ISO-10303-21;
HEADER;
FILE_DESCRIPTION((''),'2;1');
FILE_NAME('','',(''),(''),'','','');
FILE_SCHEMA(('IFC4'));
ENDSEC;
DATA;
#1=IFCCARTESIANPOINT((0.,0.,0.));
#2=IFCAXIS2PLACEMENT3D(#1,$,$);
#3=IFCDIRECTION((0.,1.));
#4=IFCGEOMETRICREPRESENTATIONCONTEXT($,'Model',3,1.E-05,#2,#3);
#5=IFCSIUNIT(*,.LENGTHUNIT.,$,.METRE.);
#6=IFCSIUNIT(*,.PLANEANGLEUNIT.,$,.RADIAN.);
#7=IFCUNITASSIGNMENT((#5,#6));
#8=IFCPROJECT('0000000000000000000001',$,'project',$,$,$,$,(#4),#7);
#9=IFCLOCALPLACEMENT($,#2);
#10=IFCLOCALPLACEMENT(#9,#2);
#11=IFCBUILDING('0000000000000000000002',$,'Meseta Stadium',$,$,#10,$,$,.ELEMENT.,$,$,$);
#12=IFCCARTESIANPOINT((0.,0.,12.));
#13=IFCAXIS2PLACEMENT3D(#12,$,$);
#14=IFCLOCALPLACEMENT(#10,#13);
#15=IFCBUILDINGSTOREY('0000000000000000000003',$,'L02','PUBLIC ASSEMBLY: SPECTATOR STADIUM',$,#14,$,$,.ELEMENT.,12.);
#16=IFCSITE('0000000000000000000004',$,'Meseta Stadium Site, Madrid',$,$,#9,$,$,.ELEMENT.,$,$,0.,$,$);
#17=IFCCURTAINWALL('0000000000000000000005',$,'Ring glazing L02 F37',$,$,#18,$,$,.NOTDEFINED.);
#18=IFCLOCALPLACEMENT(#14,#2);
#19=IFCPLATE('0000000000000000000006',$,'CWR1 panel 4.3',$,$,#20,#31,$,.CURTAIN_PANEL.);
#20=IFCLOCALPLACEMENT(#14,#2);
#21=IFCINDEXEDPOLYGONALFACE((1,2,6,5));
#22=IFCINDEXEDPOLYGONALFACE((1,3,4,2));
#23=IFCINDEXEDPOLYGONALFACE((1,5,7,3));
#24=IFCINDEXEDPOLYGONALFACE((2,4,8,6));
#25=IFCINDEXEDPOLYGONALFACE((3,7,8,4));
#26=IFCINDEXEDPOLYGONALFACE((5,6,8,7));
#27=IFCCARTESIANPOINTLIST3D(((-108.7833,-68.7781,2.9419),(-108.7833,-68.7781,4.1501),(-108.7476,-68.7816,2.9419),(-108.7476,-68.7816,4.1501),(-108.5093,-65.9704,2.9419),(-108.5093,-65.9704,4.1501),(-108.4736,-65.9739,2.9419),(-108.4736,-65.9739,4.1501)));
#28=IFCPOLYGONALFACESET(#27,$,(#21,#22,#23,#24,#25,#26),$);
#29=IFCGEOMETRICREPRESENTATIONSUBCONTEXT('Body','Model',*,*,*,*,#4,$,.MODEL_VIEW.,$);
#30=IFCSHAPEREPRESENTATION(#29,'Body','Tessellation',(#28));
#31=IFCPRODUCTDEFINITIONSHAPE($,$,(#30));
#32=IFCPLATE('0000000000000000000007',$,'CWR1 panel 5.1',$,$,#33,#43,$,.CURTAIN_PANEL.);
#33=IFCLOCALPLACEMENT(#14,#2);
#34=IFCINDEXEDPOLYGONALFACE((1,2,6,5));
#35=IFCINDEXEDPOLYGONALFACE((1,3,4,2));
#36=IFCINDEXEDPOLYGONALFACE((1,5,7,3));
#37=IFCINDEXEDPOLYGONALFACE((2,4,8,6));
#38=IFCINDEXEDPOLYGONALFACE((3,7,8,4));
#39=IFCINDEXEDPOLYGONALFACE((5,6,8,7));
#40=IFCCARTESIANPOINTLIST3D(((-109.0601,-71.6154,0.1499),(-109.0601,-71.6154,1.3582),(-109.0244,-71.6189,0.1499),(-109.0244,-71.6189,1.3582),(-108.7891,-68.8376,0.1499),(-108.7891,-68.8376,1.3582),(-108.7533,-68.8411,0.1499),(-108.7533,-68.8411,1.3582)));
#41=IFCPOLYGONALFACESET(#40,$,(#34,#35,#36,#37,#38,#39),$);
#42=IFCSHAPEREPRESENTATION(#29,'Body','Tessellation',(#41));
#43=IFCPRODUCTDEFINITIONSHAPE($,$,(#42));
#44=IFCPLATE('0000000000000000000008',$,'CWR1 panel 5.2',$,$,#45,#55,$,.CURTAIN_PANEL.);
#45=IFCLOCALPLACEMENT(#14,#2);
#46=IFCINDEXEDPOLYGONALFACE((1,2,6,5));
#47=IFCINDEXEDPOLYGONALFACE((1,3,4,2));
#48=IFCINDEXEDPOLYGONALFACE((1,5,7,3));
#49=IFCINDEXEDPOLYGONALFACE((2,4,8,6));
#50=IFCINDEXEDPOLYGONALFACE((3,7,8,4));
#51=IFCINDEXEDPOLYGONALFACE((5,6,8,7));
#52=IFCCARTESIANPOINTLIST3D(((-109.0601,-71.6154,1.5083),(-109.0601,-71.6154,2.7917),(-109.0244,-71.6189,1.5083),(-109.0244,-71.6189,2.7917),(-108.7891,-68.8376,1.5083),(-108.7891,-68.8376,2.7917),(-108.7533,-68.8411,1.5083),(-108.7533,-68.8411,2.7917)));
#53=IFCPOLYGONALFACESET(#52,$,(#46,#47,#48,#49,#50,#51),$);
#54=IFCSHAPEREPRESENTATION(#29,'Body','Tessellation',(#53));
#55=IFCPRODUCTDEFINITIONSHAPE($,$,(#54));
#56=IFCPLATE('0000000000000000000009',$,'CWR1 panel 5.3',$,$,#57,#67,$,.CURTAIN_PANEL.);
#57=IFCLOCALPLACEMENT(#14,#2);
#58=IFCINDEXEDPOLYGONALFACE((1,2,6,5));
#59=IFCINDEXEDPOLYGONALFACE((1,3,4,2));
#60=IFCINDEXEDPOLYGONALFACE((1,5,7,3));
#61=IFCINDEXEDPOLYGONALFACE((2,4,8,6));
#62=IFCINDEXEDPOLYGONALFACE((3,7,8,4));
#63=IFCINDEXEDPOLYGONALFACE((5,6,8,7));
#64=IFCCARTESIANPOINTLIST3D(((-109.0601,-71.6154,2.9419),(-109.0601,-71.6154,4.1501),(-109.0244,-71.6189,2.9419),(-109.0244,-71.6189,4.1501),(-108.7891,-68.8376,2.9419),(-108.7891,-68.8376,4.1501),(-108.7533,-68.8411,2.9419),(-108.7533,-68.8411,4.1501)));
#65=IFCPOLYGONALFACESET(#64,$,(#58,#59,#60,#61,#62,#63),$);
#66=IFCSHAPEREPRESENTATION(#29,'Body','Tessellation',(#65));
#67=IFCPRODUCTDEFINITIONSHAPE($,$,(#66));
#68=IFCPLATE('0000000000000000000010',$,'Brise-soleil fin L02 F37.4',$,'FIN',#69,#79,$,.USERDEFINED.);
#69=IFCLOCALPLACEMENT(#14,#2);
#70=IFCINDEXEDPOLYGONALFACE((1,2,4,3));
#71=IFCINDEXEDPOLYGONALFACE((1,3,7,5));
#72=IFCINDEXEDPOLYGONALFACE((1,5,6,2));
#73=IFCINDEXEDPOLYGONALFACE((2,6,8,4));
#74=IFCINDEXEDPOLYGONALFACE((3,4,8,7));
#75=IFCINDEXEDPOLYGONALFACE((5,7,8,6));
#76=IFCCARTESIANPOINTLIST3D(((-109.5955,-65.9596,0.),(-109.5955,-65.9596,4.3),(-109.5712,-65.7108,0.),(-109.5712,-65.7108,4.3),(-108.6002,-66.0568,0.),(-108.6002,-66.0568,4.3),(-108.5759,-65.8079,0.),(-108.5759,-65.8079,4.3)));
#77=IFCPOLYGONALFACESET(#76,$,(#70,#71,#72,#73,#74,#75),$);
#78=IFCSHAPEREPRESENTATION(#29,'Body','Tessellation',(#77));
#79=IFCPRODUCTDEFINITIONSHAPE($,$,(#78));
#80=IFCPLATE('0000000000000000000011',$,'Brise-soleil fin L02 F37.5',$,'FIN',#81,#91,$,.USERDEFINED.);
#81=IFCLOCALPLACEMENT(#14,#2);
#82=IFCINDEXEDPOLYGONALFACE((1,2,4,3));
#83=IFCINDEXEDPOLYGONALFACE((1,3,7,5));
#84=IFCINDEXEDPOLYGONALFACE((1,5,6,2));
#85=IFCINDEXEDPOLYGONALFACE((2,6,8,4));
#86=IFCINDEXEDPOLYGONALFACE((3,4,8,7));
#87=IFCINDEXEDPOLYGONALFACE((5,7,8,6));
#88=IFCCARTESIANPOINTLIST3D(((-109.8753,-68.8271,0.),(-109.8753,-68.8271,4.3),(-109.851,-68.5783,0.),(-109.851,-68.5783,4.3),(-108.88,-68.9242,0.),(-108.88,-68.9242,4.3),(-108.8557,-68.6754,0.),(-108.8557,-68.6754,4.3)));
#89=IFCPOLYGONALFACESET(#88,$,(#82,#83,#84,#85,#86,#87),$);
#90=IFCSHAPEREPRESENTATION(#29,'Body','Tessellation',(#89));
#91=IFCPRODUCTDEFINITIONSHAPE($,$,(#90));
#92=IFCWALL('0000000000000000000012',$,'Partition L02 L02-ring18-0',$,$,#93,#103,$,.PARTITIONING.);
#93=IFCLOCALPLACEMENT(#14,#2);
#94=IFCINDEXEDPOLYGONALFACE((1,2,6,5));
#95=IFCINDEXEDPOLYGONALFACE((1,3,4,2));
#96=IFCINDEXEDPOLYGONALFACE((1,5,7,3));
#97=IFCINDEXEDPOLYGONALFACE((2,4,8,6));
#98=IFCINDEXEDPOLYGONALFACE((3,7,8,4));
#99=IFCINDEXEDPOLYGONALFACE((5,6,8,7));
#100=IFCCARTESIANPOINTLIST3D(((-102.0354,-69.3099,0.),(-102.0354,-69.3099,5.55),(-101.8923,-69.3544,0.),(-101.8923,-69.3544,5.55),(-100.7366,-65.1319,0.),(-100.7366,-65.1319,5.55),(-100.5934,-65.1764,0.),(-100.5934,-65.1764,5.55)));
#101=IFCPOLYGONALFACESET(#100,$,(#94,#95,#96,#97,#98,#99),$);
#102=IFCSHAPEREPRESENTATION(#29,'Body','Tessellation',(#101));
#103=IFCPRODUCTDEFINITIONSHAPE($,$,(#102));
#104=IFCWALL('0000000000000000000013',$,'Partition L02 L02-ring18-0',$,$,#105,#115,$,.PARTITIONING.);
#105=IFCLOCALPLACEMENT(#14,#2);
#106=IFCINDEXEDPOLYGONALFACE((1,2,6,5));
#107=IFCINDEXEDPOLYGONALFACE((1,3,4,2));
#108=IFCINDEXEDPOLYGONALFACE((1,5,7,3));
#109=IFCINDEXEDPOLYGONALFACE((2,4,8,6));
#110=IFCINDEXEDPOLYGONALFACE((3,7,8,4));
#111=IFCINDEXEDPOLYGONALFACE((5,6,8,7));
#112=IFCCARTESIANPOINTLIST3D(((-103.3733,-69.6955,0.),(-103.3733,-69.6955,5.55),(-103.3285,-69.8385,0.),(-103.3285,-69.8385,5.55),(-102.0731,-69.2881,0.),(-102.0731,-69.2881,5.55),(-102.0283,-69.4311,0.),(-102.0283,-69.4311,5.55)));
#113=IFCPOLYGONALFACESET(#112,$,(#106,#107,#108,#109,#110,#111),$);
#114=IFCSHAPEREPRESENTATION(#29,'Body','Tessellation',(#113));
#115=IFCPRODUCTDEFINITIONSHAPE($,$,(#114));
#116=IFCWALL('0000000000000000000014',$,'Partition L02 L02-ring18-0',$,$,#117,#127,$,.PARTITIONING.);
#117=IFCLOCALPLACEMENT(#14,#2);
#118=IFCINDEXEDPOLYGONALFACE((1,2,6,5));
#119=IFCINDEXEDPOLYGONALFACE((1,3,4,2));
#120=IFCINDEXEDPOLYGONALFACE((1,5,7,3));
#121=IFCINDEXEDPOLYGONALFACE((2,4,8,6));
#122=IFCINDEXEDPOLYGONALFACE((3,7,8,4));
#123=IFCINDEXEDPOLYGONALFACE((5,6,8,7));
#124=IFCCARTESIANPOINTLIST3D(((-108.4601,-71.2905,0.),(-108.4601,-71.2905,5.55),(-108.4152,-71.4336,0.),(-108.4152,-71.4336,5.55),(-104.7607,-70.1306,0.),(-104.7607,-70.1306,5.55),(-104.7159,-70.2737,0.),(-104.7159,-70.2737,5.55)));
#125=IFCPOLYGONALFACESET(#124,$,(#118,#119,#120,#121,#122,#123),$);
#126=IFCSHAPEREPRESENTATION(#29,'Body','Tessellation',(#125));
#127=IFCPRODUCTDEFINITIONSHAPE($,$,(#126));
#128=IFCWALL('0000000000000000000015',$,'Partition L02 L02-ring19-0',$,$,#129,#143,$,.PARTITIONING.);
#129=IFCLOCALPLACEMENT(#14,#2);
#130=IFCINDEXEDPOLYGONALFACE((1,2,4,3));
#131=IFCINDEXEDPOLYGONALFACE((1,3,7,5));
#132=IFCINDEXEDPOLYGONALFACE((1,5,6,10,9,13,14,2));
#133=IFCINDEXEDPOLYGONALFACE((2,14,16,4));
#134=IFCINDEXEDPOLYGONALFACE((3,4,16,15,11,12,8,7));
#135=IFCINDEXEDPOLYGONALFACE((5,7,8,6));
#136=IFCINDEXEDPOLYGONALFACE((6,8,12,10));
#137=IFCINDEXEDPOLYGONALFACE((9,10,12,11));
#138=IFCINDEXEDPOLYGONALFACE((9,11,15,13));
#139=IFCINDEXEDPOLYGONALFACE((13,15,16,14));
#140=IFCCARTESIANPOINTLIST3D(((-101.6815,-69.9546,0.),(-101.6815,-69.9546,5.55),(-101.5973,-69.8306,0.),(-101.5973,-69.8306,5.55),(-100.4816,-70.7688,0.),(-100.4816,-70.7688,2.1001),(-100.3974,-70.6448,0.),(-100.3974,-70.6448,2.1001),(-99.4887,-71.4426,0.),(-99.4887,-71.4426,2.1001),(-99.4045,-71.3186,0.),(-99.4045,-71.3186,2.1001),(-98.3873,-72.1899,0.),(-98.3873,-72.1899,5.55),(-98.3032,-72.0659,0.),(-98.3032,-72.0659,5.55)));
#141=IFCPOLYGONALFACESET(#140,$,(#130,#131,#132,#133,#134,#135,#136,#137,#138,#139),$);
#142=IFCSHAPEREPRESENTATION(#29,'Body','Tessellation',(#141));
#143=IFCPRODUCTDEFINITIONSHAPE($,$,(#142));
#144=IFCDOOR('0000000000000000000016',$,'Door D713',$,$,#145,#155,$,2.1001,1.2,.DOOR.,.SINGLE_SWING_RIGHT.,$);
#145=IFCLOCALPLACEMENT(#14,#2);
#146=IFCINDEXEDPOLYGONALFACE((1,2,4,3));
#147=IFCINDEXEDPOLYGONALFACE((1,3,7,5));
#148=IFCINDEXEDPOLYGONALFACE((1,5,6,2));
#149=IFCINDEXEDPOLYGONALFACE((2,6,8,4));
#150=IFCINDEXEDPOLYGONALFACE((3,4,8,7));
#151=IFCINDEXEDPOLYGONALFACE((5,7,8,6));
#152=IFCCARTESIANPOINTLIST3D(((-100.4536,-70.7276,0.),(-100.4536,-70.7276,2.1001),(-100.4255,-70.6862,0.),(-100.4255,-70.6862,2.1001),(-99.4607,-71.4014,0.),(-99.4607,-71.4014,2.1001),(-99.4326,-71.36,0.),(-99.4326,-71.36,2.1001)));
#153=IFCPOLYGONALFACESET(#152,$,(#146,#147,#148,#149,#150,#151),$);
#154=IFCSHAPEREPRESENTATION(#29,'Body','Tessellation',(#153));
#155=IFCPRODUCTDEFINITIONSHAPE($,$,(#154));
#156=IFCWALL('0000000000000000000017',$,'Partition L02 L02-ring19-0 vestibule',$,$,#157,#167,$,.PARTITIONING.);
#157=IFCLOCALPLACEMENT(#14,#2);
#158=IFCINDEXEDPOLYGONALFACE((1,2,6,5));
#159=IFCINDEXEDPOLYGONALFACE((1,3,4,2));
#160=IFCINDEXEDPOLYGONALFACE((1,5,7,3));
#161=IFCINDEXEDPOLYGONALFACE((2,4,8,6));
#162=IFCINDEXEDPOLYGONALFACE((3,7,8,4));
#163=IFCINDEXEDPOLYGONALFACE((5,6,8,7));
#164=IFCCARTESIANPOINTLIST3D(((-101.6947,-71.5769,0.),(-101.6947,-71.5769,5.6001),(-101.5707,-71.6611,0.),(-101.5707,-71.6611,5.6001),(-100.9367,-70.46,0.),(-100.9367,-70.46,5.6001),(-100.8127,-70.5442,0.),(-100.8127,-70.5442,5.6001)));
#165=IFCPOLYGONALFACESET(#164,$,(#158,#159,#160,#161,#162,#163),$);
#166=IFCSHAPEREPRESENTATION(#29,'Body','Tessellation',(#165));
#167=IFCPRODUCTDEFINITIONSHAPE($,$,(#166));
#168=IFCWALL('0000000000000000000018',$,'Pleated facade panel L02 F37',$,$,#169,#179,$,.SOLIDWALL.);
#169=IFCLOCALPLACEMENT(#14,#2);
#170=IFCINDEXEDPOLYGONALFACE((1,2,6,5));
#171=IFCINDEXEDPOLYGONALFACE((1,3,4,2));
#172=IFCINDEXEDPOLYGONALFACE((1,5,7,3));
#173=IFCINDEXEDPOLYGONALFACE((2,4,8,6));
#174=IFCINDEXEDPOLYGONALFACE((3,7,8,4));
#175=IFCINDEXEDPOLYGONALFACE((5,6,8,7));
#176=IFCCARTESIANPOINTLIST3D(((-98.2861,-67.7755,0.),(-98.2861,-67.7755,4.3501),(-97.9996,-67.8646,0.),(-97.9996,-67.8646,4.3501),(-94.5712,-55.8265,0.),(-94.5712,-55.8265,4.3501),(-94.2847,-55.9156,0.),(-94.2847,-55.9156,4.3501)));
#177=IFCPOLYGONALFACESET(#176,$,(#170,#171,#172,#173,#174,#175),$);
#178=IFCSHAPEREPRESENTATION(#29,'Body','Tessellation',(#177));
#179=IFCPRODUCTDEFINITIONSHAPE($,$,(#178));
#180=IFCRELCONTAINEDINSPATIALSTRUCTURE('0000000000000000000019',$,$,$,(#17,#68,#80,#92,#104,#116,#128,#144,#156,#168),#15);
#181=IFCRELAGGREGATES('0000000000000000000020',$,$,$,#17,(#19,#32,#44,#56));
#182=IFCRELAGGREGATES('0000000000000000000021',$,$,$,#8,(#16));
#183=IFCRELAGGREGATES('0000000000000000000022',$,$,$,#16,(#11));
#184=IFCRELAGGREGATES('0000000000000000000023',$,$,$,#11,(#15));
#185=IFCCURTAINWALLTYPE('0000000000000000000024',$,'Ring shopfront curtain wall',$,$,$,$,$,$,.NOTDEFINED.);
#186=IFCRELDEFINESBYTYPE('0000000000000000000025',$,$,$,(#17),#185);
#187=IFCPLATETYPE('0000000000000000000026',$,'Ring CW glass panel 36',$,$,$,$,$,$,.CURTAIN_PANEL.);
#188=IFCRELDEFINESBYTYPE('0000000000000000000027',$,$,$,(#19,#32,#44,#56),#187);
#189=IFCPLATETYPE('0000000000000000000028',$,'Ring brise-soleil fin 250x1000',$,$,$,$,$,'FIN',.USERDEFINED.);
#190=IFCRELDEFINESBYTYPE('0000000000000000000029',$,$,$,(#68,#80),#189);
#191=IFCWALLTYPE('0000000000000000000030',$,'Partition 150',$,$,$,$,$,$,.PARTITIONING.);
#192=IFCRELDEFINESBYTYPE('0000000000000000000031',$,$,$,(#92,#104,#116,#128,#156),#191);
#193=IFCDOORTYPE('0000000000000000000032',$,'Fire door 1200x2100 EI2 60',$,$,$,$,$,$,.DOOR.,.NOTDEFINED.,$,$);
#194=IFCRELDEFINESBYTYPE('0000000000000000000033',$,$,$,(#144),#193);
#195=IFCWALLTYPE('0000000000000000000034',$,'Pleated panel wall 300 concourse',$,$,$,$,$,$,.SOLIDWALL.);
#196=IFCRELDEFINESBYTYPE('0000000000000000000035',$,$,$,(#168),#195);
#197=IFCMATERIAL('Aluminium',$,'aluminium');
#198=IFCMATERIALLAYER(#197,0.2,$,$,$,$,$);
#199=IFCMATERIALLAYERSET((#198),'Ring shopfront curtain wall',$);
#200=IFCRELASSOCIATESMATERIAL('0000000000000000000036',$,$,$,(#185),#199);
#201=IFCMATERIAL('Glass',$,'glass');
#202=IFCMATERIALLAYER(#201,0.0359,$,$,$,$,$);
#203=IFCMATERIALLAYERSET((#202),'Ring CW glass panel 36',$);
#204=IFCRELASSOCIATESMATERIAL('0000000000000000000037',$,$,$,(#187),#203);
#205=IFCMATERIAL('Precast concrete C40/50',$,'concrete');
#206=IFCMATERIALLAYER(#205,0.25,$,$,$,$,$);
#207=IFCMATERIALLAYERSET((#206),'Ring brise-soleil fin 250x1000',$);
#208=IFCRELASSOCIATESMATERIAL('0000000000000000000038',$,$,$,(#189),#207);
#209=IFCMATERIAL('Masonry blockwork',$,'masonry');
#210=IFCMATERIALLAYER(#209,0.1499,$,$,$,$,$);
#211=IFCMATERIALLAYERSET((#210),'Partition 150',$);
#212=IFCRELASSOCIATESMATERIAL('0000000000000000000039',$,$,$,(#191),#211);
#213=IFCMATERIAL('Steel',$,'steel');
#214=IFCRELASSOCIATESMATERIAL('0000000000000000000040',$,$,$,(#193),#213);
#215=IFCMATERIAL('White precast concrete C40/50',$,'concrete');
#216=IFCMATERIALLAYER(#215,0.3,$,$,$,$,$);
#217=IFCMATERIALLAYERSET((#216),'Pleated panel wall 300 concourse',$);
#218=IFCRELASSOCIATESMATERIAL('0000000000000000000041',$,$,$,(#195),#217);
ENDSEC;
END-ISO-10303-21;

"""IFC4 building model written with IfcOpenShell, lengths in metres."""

from ifc_helpers import new_model, si_unit, direction, frame, frame_2d, origin, origin_2d, place, context, subcontext, project, spatial, rectangle, extrude, material, layer, layer_set, type_object, element, fill, aggregate, save


model = new_model("IFC4")

# Units and contexts
model_context = context("Model", 3, precision=1e-05, world=origin(), true_north=direction((0.0, 1.0)))
body_context = subcontext(model_context, "Body", "Model", "MODEL_VIEW")
ifc_project = project(units=[si_unit("LENGTHUNIT", "METRE"), si_unit("PLANEANGLEUNIT", "RADIAN")], contexts=[model_context])

# Site, building, storey
site_placement = place(None, origin())
site = spatial("IfcSite", under=ifc_project, at=site_placement, Name="Meseta Stadium Site, Madrid", CompositionType="ELEMENT", RefElevation=0.0)
building_placement = place(site_placement, origin())
building = spatial("IfcBuilding", under=site, at=building_placement, Name="Meseta Stadium", CompositionType="ELEMENT")
storey_placement = place(building_placement, frame((0.0, 0.0, 12.0)))
storey = spatial("IfcBuildingStorey", under=building, at=storey_placement, Name="L02", Description="PUBLIC ASSEMBLY: SPECTATOR STADIUM", CompositionType="ELEMENT", Elevation=12.0)

# Curtain wall, plates
ifc_material_1 = material(Name="Aluminium", Category="aluminium")
ifc_layer_1 = layer(ifc_material_1, 0.2)
ifc_layer_set_1 = layer_set([ifc_layer_1], Name="Ring shopfront curtain wall")
curtain_wall_type = type_object("IfcCurtainWallType", Name="Ring shopfront curtain wall", PredefinedType="NOTDEFINED", material=ifc_layer_set_1)
curtain_wall_placement = place(storey_placement, origin())
curtain_wall = element("IfcCurtainWall", 1, at=curtain_wall_placement, inside=storey, type_object=curtain_wall_type, Name="Ring glazing L02 F37", PredefinedType="NOTDEFINED")
ifc_material_2 = material(Name="Glass", Category="glass")
ifc_layer_2 = layer(ifc_material_2, 0.0359)
ifc_layer_set_2 = layer_set([ifc_layer_2], Name="Ring CW glass panel 36")
plate_type_1 = type_object("IfcPlateType", Name="Ring CW glass panel 36", PredefinedType="CURTAIN_PANEL", material=ifc_layer_set_2)
plate_1_placement = place(storey_placement, frame((-108.6284, -67.376, 2.9419), z_axis=(0.0, 0.0, 1.0), x_axis=(-0.097125, -0.995272, 0.0)))
plate_1 = element("IfcPlate", 2, at=plate_1_placement, type_object=plate_type_1, Name="CWR1 panel 4.3", PredefinedType="CURTAIN_PANEL", context=body_context, shape_type="SweptSolid", body=[
    extrude(rectangle(XDim=2.821, YDim=0.0359, at=origin_2d()), origin(), (0.0, 0.0, 1.0), 1.2083),
])
plate_2_placement = place(storey_placement, frame((-108.9067, -70.2283, 0.1499), z_axis=(0.0, 0.0, 1.0), x_axis=(-0.097125, -0.995272, 0.0)))
plate_2 = element("IfcPlate", 3, at=plate_2_placement, type_object=plate_type_1, Name="CWR1 panel 5.1", PredefinedType="CURTAIN_PANEL", context=body_context, shape_type="SweptSolid", body=[
    extrude(rectangle(XDim=2.791, YDim=0.0359, at=origin_2d()), origin(), (0.0, 0.0, 1.0), 1.2083),
])
plate_3_placement = place(storey_placement, frame((-108.9067, -70.2283, 1.5083), z_axis=(0.0, 0.0, 1.0), x_axis=(-0.097125, -0.995272, 0.0)))
plate_3 = element("IfcPlate", 4, at=plate_3_placement, type_object=plate_type_1, Name="CWR1 panel 5.2", PredefinedType="CURTAIN_PANEL", context=body_context, shape_type="SweptSolid", body=[
    extrude(rectangle(XDim=2.791, YDim=0.0359, at=origin_2d()), origin(), (0.0, 0.0, 1.0), 1.2834),
])
plate_4_placement = place(storey_placement, frame((-108.9067, -70.2283, 2.9419), z_axis=(0.0, 0.0, 1.0), x_axis=(-0.097125, -0.995272, 0.0)))
plate_4 = element("IfcPlate", 5, at=plate_4_placement, type_object=plate_type_1, Name="CWR1 panel 5.3", PredefinedType="CURTAIN_PANEL", context=body_context, shape_type="SweptSolid", body=[
    extrude(rectangle(XDim=2.791, YDim=0.0359, at=origin_2d()), origin(), (0.0, 0.0, 1.0), 1.2083),
])
aggregate(curtain_wall, [plate_1, plate_2, plate_3, plate_4])

# Plates
ifc_material_3 = material(Name="Precast concrete C40/50", Category="concrete")
ifc_layer_3 = layer(ifc_material_3, 0.25)
ifc_layer_set_3 = layer_set([ifc_layer_3], Name="Ring brise-soleil fin 250x1000")
plate_type_2 = type_object("IfcPlateType", Name="Ring brise-soleil fin 250x1000", ElementType="FIN", PredefinedType="USERDEFINED", material=ifc_layer_set_3)
for number, where, z_axis, x_axis, name in (
    (6, (-109.0857, -65.8838, 0.0), (0.0, 0.0, 1.0), (-0.097123, -0.995272, 0.0), "Brise-soleil fin L02 F37.4"),
    (7, (-109.3655, -68.7512, 0.0), (0.0, 0.0, 1.0), (-0.097123, -0.995272, 0.0), "Brise-soleil fin L02 F37.5"),
):
    element("IfcPlate", number, at=place(storey_placement, frame(where, z_axis=z_axis, x_axis=x_axis)), inside=storey, type_object=plate_type_2, Name=name, ObjectType="FIN", PredefinedType="USERDEFINED", context=body_context, shape_type="SweptSolid", body=[
        extrude(rectangle(XDim=0.25, YDim=1.0, at=origin_2d()), origin(), (0.0, 0.0, 1.0), 4.3),
    ])

# Walls
ifc_material_4 = material(Name="Masonry blockwork", Category="masonry")
ifc_layer_4 = layer(ifc_material_4, 0.1499)
ifc_layer_set_4 = layer_set([ifc_layer_4], Name="Partition 150")
wall_type_1 = type_object("IfcWallType", Name="Partition 150", PredefinedType="PARTITIONING", material=ifc_layer_set_4)
wall_1_placement = place(storey_placement, frame((-100.665, -65.1543, 0.0), z_axis=(0.0, 0.0, 1.0), x_axis=(-0.296861, -0.954921, 0.0)))
element("IfcWall", 8, at=wall_1_placement, inside=storey, type_object=wall_type_1, Name="Partition L02 L02-ring18-0", PredefinedType="PARTITIONING", context=body_context, shape_type="SweptSolid", body=[
    extrude(rectangle(XDim=4.3752, YDim=0.1499, at=frame_2d((2.1875, 0.0))), origin(), (0.0, 0.0, 1.0), 5.55),
])
wall_2_placement = place(storey_placement, frame((-102.0508, -69.3596, 0.0), z_axis=(0.0, 0.0, 1.0), x_axis=(-0.954244, -0.29903, 0.0)))
element("IfcWall", 9, at=wall_2_placement, inside=storey, type_object=wall_type_1, Name="Partition L02 L02-ring18-0", PredefinedType="PARTITIONING", context=body_context, shape_type="SweptSolid", body=[
    extrude(rectangle(XDim=1.3625, YDim=0.1499, at=frame_2d((0.6812, 0.0))), origin(), (0.0, 0.0, 1.0), 5.55),
])
wall_3_placement = place(storey_placement, frame((-104.7383, -70.2021, 0.0), z_axis=(0.0, 0.0, 1.0), x_axis=(-0.954198, -0.299175, 0.0)))
element("IfcWall", 10, at=wall_3_placement, inside=storey, type_object=wall_type_1, Name="Partition L02 L02-ring18-0", PredefinedType="PARTITIONING", context=body_context, shape_type="SweptSolid", body=[
    extrude(rectangle(XDim=3.877, YDim=0.1499, at=frame_2d((1.9385, 0.0))), origin(), (0.0, 0.0, 1.0), 5.55),
])

# Wall, opening, door
wall_4_placement = place(storey_placement, frame((-101.6394, -69.8926, 0.0), z_axis=(0.0, 0.0, 1.0), x_axis=(0.827475, -0.561503, 0.0)))
wall_4 = element("IfcWall", 11, at=wall_4_placement, inside=storey, type_object=wall_type_1, Name="Partition L02 L02-ring19-0", PredefinedType="PARTITIONING", context=body_context, shape_type="SweptSolid", body=[
    extrude(rectangle(XDim=3.981, YDim=0.1499, at=frame_2d((1.9905, 0.0))), origin(), (0.0, 0.0, 1.0), 5.55),
])
opening_placement = place(wall_4_placement, frame((1.45, 0.0, 0.0)))
opening = element("IfcOpeningElement", 12, at=opening_placement, cuts=wall_4, PredefinedType="OPENING", context=body_context, shape_type="SweptSolid", body=[
    extrude(rectangle(XDim=1.2, YDim=2.1001, at=frame_2d((0.6001, 1.05))), frame((0.0, 0.085, 0.0), z_axis=(0.0, -1.0, 0.0), x_axis=(1.0, 0.0, 0.0)), (0.0, 0.0, 1.0), 0.1699),
])
ifc_material_5 = material(Name="Steel", Category="steel")
door_type = type_object("IfcDoorType", Name="Fire door 1200x2100 EI2 60", OperationType="NOTDEFINED", PredefinedType="DOOR", material=ifc_material_5)
door_placement = place(opening_placement, origin())
door = element("IfcDoor", 13, at=door_placement, inside=storey, type_object=door_type, Name="Door D713", OperationType="SINGLE_SWING_RIGHT", OverallHeight=2.1001, OverallWidth=1.2, PredefinedType="DOOR", context=body_context, shape_type="SweptSolid", body=[
    extrude(rectangle(XDim=1.2, YDim=2.1001, at=frame_2d((0.6001, 1.05))), frame((0.0, 0.0249, 0.0), z_axis=(0.0, -1.0, 0.0), x_axis=(1.0, 0.0, 0.0)), (0.0, 0.0, 1.0), 0.05),
])
fill(opening, door)

# Walls
wall_5_placement = place(storey_placement, frame((-100.8748, -70.5022, 0.0), z_axis=(0.0, 0.0, 1.0), x_axis=(-0.561568, -0.827431, 0.0)))
element("IfcWall", 14, at=wall_5_placement, inside=storey, type_object=wall_type_1, Name="Partition L02 L02-ring19-0 vestibule", PredefinedType="PARTITIONING", context=body_context, shape_type="SweptSolid", body=[
    extrude(rectangle(XDim=1.3499, YDim=0.1499, at=frame_2d((0.6748, 0.0))), origin(), (0.0, 0.0, 1.0), 5.6001),
])
ifc_material_6 = material(Name="White precast concrete C40/50", Category="concrete")
ifc_layer_5 = layer(ifc_material_6, 0.3)
ifc_layer_set_5 = layer_set([ifc_layer_5], Name="Pleated panel wall 300 concourse")
wall_type_2 = type_object("IfcWallType", Name="Pleated panel wall 300 concourse", PredefinedType="SOLIDWALL", material=ifc_layer_set_5)
wall_6_placement = place(storey_placement, frame((-98.1428, -67.8201, 0.0), z_axis=(0.0, 0.0, 1.0), x_axis=(0.296876, 0.954916, 0.0)))
element("IfcWall", 15, at=wall_6_placement, inside=storey, type_object=wall_type_2, Name="Pleated facade panel L02 F37", PredefinedType="SOLIDWALL", context=body_context, shape_type="SweptSolid", body=[
    extrude(rectangle(XDim=12.5132, YDim=0.3, at=frame_2d((6.2566, 0.0))), origin(), (0.0, 0.0, 1.0), 4.3501),
])

save(model, "model.ifc")
